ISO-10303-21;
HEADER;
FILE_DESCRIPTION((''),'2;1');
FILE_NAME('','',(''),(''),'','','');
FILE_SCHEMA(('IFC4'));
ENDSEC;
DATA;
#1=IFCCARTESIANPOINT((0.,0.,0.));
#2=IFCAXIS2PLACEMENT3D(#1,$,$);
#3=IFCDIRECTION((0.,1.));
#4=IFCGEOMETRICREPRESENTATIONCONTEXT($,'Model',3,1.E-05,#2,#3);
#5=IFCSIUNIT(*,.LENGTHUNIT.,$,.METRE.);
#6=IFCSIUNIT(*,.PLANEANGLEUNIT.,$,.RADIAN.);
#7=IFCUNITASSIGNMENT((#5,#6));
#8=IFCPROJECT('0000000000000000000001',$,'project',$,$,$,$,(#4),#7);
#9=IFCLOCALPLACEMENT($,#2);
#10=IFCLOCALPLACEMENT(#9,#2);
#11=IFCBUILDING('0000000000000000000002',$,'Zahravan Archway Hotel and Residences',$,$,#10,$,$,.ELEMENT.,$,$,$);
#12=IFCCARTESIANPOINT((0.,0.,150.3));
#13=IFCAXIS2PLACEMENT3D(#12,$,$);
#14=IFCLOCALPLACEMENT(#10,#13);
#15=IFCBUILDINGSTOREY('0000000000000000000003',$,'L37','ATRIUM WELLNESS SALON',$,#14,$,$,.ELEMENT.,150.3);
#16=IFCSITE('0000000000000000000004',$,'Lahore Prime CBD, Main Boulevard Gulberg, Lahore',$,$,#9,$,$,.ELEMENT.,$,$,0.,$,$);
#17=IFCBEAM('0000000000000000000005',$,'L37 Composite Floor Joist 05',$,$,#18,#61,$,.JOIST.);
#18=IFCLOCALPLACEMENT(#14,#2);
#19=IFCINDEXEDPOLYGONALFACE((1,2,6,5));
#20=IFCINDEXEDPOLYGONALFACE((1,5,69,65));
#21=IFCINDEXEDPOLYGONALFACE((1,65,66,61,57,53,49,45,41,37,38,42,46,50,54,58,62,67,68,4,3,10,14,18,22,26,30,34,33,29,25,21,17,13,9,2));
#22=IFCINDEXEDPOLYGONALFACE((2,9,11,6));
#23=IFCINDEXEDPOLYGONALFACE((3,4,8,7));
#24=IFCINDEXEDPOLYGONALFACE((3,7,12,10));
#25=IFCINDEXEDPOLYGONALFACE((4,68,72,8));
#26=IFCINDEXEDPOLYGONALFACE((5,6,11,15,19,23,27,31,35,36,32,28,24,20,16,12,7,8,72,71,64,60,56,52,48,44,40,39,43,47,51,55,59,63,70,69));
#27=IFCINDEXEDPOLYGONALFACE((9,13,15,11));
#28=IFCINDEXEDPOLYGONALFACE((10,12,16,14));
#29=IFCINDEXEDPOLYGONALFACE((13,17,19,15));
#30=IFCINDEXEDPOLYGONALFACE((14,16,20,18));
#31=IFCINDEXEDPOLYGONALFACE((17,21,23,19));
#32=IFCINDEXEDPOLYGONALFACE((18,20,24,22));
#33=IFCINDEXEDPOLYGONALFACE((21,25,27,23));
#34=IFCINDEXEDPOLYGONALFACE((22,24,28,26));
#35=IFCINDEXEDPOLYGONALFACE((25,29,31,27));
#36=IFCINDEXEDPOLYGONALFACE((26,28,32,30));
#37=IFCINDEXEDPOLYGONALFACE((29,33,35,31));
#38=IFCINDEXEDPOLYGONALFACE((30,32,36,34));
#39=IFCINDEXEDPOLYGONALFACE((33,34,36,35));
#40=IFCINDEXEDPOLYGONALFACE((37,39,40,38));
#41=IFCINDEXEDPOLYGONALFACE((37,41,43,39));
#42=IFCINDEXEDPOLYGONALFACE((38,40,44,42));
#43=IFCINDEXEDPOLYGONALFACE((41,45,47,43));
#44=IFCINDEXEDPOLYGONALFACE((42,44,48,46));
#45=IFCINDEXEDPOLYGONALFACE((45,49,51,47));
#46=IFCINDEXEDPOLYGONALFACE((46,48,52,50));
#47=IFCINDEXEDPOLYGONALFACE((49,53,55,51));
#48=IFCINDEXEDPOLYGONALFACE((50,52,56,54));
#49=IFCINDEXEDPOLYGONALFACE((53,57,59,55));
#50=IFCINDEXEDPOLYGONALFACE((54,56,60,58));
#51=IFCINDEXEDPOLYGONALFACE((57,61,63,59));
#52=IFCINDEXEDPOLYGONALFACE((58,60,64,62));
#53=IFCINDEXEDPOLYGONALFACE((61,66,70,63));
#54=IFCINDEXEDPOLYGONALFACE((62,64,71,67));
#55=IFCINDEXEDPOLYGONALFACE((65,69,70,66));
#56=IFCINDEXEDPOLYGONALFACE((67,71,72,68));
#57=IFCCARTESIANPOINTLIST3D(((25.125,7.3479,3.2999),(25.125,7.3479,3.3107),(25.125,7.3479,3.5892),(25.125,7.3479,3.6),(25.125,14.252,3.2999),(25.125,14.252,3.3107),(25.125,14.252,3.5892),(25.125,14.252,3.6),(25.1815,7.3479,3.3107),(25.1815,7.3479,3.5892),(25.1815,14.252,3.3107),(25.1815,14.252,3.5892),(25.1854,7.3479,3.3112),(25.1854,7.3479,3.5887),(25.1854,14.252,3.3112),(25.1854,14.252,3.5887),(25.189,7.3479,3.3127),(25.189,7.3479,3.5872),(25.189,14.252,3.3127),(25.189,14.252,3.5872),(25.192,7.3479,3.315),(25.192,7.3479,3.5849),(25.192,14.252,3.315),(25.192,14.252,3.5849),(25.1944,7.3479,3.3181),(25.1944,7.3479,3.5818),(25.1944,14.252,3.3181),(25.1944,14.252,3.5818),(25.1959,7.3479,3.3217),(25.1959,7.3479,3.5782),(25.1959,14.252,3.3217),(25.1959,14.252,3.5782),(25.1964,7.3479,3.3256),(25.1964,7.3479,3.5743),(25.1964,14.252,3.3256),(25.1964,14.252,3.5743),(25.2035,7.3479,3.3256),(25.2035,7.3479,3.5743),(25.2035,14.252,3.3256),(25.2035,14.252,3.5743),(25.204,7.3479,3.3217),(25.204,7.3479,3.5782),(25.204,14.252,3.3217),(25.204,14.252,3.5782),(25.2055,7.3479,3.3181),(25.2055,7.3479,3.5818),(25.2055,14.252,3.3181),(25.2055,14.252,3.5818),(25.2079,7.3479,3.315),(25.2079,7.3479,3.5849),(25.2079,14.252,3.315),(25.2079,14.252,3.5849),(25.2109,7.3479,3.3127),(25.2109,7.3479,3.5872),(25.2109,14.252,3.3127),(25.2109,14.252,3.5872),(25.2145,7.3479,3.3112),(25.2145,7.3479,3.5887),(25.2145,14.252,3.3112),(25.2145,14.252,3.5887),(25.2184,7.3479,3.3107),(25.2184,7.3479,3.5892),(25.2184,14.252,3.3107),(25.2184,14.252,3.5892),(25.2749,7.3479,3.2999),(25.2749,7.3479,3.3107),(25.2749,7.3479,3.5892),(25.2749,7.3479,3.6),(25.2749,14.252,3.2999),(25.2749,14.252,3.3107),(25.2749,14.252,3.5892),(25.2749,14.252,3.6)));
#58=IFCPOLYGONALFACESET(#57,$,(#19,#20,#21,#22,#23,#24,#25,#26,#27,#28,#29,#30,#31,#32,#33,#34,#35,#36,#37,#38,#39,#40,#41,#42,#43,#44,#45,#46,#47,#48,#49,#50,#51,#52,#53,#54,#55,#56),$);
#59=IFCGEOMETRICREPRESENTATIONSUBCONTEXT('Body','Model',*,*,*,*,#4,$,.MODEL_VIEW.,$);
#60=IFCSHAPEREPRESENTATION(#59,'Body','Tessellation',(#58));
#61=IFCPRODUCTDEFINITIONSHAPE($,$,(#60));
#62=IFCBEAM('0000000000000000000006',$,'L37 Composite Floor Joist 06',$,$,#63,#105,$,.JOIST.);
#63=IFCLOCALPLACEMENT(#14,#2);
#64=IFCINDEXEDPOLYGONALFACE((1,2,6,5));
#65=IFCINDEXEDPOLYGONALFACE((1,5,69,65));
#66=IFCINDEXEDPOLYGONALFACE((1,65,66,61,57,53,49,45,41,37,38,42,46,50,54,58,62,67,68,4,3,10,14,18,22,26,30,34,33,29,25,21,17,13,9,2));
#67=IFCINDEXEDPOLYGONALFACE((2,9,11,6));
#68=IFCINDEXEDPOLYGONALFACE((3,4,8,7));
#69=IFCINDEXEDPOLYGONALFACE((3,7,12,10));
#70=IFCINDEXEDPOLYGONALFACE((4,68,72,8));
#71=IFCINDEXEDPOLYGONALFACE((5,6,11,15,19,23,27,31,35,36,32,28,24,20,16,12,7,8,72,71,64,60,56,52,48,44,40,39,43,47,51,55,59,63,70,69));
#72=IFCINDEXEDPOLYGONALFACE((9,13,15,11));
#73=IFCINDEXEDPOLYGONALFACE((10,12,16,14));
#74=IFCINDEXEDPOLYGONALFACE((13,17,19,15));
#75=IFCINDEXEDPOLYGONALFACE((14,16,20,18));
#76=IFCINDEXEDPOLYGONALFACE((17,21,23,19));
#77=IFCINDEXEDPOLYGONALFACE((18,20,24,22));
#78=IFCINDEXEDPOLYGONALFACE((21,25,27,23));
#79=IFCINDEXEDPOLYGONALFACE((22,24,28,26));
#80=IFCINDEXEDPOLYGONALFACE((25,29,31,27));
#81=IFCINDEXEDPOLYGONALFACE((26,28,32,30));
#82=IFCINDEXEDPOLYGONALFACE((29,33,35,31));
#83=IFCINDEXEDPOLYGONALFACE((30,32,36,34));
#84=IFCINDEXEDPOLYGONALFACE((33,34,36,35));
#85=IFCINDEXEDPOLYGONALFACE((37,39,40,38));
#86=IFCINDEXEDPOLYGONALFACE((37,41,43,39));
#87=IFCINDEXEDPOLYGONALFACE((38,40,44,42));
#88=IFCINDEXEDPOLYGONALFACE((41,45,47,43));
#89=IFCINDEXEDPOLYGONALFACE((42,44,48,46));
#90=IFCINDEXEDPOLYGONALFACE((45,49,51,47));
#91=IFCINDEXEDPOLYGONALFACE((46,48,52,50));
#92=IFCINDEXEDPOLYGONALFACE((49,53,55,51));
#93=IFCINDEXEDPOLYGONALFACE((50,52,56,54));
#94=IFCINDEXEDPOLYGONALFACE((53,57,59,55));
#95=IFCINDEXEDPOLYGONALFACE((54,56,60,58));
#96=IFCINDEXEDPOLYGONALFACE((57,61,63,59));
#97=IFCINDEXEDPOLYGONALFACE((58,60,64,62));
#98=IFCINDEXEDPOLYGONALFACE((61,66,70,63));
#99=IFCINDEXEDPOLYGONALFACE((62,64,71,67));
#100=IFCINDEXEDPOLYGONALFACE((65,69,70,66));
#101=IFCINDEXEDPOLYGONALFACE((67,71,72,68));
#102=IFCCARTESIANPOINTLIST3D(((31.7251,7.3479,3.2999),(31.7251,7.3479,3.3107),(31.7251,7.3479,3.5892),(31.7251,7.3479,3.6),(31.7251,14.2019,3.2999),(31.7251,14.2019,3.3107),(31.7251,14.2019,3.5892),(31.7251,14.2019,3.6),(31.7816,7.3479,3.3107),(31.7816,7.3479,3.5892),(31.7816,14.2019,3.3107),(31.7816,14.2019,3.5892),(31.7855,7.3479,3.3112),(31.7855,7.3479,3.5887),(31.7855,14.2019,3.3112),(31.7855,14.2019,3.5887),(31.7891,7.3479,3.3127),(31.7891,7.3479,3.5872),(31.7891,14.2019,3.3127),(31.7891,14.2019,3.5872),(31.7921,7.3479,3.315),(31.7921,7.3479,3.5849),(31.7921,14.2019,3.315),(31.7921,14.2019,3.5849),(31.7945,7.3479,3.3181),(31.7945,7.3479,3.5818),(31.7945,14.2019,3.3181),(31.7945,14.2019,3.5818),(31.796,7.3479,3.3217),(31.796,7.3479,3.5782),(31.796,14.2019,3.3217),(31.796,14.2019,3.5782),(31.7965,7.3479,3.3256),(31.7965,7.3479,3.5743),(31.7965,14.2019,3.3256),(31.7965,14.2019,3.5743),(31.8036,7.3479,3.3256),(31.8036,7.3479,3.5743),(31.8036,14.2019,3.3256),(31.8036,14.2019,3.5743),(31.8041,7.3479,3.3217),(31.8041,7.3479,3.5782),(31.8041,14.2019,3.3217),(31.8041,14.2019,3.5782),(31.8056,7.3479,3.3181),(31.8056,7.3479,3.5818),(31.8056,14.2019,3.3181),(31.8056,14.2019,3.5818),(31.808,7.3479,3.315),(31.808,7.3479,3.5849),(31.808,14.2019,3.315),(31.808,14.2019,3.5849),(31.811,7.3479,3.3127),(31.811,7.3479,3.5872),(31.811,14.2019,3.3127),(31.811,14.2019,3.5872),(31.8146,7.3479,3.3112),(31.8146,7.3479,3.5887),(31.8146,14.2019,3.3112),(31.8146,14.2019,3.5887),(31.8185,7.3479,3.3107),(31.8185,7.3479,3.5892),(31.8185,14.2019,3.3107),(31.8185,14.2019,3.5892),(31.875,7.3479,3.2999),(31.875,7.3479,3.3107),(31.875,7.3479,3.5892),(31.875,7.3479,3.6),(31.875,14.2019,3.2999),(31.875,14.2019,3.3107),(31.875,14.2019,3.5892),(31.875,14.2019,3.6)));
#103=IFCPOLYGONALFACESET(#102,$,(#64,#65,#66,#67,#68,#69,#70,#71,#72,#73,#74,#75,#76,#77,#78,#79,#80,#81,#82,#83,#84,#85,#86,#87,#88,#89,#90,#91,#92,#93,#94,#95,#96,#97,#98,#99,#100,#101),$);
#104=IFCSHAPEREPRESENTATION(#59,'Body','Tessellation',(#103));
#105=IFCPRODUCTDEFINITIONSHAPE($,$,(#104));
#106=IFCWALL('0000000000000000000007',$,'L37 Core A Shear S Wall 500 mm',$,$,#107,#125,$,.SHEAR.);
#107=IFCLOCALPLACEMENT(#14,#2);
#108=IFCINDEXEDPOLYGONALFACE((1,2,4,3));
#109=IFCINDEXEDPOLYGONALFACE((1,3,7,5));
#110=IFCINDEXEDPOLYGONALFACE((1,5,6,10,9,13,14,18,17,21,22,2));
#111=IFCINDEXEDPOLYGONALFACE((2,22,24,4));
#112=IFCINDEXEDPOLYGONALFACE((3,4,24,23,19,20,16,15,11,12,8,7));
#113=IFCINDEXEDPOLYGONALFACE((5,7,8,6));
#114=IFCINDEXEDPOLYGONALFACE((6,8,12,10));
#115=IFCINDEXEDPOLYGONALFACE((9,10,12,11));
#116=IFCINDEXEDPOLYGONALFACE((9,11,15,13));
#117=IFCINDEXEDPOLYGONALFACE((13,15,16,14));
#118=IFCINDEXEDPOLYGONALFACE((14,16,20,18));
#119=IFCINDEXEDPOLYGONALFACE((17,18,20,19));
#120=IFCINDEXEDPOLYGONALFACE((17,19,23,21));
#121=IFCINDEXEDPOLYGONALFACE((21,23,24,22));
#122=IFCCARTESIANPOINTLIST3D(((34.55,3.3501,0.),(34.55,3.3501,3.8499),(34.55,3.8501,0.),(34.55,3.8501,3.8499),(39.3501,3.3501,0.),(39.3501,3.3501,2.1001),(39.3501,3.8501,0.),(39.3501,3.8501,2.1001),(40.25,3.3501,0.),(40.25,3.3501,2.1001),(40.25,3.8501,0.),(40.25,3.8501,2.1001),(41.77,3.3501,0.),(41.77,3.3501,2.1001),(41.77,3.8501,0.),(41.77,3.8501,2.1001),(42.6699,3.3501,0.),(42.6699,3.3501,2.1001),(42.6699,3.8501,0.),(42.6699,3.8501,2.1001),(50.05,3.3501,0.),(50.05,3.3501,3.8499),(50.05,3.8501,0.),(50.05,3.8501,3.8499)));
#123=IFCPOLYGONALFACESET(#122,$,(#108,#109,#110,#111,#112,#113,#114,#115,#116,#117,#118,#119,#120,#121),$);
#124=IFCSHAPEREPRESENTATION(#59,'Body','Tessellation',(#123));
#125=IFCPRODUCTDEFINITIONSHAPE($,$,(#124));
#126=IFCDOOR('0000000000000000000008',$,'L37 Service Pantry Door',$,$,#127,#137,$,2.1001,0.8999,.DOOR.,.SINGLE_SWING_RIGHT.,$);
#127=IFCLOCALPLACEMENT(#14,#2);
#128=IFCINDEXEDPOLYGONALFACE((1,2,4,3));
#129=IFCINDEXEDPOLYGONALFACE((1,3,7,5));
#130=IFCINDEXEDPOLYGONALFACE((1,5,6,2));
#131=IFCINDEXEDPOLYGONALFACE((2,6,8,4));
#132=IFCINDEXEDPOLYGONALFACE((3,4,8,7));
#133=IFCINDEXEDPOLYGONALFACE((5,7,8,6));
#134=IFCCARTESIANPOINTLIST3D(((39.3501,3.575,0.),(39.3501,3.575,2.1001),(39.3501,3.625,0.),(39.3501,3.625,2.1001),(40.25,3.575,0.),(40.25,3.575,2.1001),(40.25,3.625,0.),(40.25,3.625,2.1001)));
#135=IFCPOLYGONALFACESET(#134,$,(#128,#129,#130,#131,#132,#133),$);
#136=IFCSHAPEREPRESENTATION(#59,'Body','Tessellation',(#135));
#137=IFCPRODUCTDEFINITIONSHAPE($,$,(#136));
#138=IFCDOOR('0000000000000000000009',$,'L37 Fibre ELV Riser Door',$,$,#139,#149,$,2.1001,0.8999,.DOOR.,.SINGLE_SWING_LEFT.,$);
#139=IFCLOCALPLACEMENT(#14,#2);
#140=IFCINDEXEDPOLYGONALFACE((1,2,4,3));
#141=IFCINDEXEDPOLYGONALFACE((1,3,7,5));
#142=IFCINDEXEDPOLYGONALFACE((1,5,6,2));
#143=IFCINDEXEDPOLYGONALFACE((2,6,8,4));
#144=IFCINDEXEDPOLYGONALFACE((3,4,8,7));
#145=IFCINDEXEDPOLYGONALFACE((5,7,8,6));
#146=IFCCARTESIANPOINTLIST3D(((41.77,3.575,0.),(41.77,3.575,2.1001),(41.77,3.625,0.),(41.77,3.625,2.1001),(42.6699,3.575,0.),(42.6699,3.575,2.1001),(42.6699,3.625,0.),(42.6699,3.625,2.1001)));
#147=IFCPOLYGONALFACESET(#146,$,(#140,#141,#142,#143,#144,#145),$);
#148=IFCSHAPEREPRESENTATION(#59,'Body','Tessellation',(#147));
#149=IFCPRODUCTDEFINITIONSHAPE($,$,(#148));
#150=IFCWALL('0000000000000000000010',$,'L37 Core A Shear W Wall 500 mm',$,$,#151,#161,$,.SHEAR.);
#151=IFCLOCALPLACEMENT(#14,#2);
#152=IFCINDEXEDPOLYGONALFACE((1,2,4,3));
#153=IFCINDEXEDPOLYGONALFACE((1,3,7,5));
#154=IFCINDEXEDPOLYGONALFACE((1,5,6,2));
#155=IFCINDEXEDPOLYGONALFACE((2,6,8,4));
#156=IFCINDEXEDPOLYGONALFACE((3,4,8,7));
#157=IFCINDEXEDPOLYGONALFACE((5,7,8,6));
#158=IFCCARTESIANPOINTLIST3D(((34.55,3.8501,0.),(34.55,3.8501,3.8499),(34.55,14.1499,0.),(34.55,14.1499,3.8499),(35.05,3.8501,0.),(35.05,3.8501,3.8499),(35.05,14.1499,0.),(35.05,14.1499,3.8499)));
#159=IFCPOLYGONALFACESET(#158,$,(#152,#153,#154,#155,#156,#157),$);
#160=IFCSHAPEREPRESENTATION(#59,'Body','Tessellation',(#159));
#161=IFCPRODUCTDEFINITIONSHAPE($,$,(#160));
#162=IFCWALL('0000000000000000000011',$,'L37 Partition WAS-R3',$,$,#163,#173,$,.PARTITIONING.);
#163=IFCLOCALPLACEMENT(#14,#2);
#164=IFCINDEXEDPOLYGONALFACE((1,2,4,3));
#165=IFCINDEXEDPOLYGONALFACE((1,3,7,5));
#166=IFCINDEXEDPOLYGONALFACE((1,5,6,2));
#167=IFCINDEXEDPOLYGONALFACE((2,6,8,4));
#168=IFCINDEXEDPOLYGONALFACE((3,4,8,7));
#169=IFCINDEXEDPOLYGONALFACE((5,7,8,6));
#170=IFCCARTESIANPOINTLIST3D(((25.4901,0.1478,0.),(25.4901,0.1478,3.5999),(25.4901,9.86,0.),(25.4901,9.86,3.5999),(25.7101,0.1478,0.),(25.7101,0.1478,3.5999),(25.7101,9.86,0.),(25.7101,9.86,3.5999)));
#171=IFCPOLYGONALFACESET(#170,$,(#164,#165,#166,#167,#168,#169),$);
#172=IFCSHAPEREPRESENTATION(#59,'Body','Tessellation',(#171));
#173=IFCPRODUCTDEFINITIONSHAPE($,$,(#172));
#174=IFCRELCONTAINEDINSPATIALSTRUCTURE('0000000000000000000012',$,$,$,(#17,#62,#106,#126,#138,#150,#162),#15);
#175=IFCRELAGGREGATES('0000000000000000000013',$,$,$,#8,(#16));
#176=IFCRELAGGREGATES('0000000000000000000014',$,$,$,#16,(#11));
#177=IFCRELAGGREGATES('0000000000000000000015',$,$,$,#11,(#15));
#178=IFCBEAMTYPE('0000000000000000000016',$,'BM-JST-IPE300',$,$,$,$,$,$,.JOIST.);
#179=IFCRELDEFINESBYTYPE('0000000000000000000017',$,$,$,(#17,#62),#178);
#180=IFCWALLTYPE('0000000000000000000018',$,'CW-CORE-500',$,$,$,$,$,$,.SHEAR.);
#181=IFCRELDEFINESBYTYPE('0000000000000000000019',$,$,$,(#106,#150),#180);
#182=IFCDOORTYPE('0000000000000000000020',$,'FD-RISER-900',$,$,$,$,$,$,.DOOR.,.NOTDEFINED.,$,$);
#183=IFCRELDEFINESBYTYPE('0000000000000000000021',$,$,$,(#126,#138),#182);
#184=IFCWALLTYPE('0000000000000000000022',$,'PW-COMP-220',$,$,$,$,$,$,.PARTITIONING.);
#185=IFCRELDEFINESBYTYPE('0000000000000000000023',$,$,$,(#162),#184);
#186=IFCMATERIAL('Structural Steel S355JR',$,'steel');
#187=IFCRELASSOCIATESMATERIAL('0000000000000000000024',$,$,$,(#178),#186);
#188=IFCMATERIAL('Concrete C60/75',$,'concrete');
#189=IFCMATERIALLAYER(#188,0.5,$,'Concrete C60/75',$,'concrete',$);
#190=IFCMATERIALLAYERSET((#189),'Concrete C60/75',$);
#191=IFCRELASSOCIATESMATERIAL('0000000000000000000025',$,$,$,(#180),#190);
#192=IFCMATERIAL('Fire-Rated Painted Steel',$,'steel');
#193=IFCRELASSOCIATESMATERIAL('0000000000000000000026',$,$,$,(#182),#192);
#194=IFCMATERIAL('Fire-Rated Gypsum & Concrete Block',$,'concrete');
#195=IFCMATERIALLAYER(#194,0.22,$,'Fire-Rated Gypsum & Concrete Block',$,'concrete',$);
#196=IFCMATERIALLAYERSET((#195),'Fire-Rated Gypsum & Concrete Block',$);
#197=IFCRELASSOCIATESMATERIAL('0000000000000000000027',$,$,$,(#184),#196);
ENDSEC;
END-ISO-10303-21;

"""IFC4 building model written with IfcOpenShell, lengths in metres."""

from ifc_helpers import new_model, si_unit, direction, frame, frame_2d, origin, origin_2d, place, context, subcontext, project, spatial, rectangle, i_section, extrude, source, transform, mapped, material, layer, layer_set, material_profile, profile_set, type_object, type_shapes, element, fill, save


model = new_model("IFC4")

# Units and contexts
model_context = context("Model", 3, precision=1e-05, world=origin(), true_north=direction((0.0, 1.0)))
body_context = subcontext(model_context, "Body", "Model", "MODEL_VIEW")
ifc_project = project(units=[si_unit("LENGTHUNIT", "METRE"), si_unit("PLANEANGLEUNIT", "RADIAN")], contexts=[model_context])

# Site, building, storey
site_placement = place(None, origin())
site = spatial("IfcSite", under=ifc_project, at=site_placement, Name="Lahore Prime CBD, Main Boulevard Gulberg, Lahore", CompositionType="ELEMENT", RefElevation=0.0)
building_placement = place(site_placement, origin())
building = spatial("IfcBuilding", under=site, at=building_placement, Name="Zahravan Archway Hotel and Residences", CompositionType="ELEMENT")
storey_placement = place(building_placement, frame((0.0, 0.0, 150.3)))
storey = spatial("IfcBuildingStorey", under=building, at=storey_placement, Name="L37", Description="ATRIUM WELLNESS SALON", CompositionType="ELEMENT", Elevation=150.3)

# Shared definitions
ifc_material_1 = material(Name="Concrete C60/75", Category="concrete")

# Beams
ifc_material_2 = material(Name="Structural Steel S355JR", Category="steel")
ifc_material_profile_1 = material_profile(ifc_material_2, i_section(OverallWidth=0.1499, OverallDepth=0.3, WebThickness=0.0071, FlangeThickness=0.0107, FilletRadius=0.0149, at=origin_2d()), Name="IPE 300", Category="steel")
ifc_profile_set_1 = profile_set([ifc_material_profile_1], Name="Structural Steel S355JR")
beam_type_1 = type_object("IfcBeamType", Name="BM-JST-IPE300", PredefinedType="JOIST", material=ifc_profile_set_1)
shared_shape_1 = source(origin(), body_context, "Body", "SweptSolid", [
    extrude(i_section(OverallWidth=0.1499, OverallDepth=0.3, WebThickness=0.0071, FlangeThickness=0.0107, FilletRadius=0.0149, at=origin_2d()), origin(), (0.0, 0.0, 1.0), 6.9041),
])
type_shapes(beam_type_1, [shared_shape_1])
for number, where, z_axis, x_axis, name in (
    (1, (25.2, 7.3479, 3.45), (0.0, 1.0, 0.0), (-1.0, 0.0, 0.0), "L37 Composite Floor Joist 05"),
):
    element("IfcBeam", number, at=place(storey_placement, frame(where, z_axis=z_axis, x_axis=x_axis)), inside=storey, type_object=beam_type_1, Name=name, PredefinedType="JOIST", context=body_context, shape_type="MappedRepresentation", body=[
        mapped(shared_shape_1, transform((0.0, 0.0, 0.0), scale=1.0)),
    ])
shared_shape_2 = source(origin(), body_context, "Body", "SweptSolid", [
    extrude(i_section(OverallWidth=0.1499, OverallDepth=0.3, WebThickness=0.0071, FlangeThickness=0.0107, FilletRadius=0.0149, at=origin_2d()), origin(), (0.0, 0.0, 1.0), 6.854),
])
beam_1_placement = place(storey_placement, frame((31.8, 7.3479, 3.45), z_axis=(0.0, 1.0, 0.0), x_axis=(-1.0, 0.0, 0.0)))
element("IfcBeam", 2, at=beam_1_placement, inside=storey, type_object=beam_type_1, Name="L37 Composite Floor Joist 06", PredefinedType="JOIST", context=body_context, shape_type="MappedRepresentation", body=[
    mapped(shared_shape_2, transform((0.0, 0.0, 0.0), scale=1.0)),
])

# Wall, openings, doors
ifc_layer_1 = layer(ifc_material_1, 0.5, Name="Concrete C60/75", Category="concrete")
ifc_layer_set_1 = layer_set([ifc_layer_1], Name="Concrete C60/75")
wall_type_1 = type_object("IfcWallType", Name="CW-CORE-500", PredefinedType="SHEAR", material=ifc_layer_set_1)
wall_1_placement = place(storey_placement, frame((34.55, 3.6001, 0.0), z_axis=(0.0, 0.0, 1.0), x_axis=(1.0, 0.0, 0.0)))
wall_1 = element("IfcWall", 3, at=wall_1_placement, inside=storey, type_object=wall_type_1, Name="L37 Core A Shear S Wall 500 mm", PredefinedType="SHEAR", context=body_context, shape_type="SweptSolid", body=[
    extrude(rectangle(XDim=15.5, YDim=0.5, at=frame_2d((7.75, 0.0))), origin(), (0.0, 0.0, 1.0), 3.8499),
])
opening_1_placement = place(wall_1_placement, frame((4.8, 0.0, 0.0)))
opening_1 = element("IfcOpeningElement", 4, at=opening_1_placement, cuts=wall_1, PredefinedType="OPENING", context=body_context, shape_type="SweptSolid", body=[
    extrude(rectangle(XDim=0.8999, YDim=2.1001, at=frame_2d((0.45, 1.05))), frame((0.0, 0.26, 0.0), z_axis=(0.0, -1.0, 0.0), x_axis=(1.0, 0.0, 0.0)), (0.0, 0.0, 1.0), 0.52),
])
opening_2_placement = place(wall_1_placement, frame((7.22, 0.0, 0.0)))
opening_2 = element("IfcOpeningElement", 5, at=opening_2_placement, cuts=wall_1, PredefinedType="OPENING", context=body_context, shape_type="SweptSolid", body=[
    extrude(rectangle(XDim=0.8999, YDim=2.1001, at=frame_2d((0.45, 1.05))), frame((0.0, 0.26, 0.0), z_axis=(0.0, -1.0, 0.0), x_axis=(1.0, 0.0, 0.0)), (0.0, 0.0, 1.0), 0.52),
])
ifc_material_3 = material(Name="Fire-Rated Painted Steel", Category="steel")
door_type_1 = type_object("IfcDoorType", Name="FD-RISER-900", OperationType="NOTDEFINED", PredefinedType="DOOR", material=ifc_material_3)
shared_shape_3 = source(origin(), body_context, "Body", "SweptSolid", [
    extrude(rectangle(XDim=0.8999, YDim=2.1001, at=frame_2d((0.45, 1.05))), frame((0.0, 0.0249, 0.0), z_axis=(0.0, -1.0, 0.0), x_axis=(1.0, 0.0, 0.0)), (0.0, 0.0, 1.0), 0.05),
])
type_shapes(door_type_1, [shared_shape_3])
door_1_placement = place(opening_1_placement, origin())
door_1 = element("IfcDoor", 6, at=door_1_placement, inside=storey, type_object=door_type_1, Name="L37 Service Pantry Door", OperationType="SINGLE_SWING_RIGHT", OverallHeight=2.1001, OverallWidth=0.8999, PredefinedType="DOOR", context=body_context, shape_type="MappedRepresentation", body=[
    mapped(shared_shape_3, transform((0.0, 0.0, 0.0), scale=1.0)),
])
fill(opening_1, door_1)
door_2_placement = place(opening_2_placement, origin())
door_2 = element("IfcDoor", 7, at=door_2_placement, inside=storey, type_object=door_type_1, Name="L37 Fibre ELV Riser Door", OperationType="SINGLE_SWING_LEFT", OverallHeight=2.1001, OverallWidth=0.8999, PredefinedType="DOOR", context=body_context, shape_type="MappedRepresentation", body=[
    mapped(shared_shape_3, transform((0.0, 0.0, 0.0), scale=1.0)),
])
fill(opening_2, door_2)

# Walls
wall_2_placement = place(storey_placement, frame((34.8, 3.8501, 0.0), z_axis=(0.0, 0.0, 1.0), x_axis=(0.0, 1.0, 0.0)))
element("IfcWall", 8, at=wall_2_placement, inside=storey, type_object=wall_type_1, Name="L37 Core A Shear W Wall 500 mm", PredefinedType="SHEAR", context=body_context, shape_type="SweptSolid", body=[
    extrude(rectangle(XDim=10.2998, YDim=0.5, at=frame_2d((5.1499, 0.0))), origin(), (0.0, 0.0, 1.0), 3.8499),
])
ifc_material_4 = material(Name="Fire-Rated Gypsum & Concrete Block", Category="concrete")
ifc_layer_2 = layer(ifc_material_4, 0.22, Name="Fire-Rated Gypsum & Concrete Block", Category="concrete")
ifc_layer_set_2 = layer_set([ifc_layer_2], Name="Fire-Rated Gypsum & Concrete Block")
wall_type_2 = type_object("IfcWallType", Name="PW-COMP-220", PredefinedType="PARTITIONING", material=ifc_layer_set_2)
wall_3_placement = place(storey_placement, frame((25.6001, 0.1479, 0.0), z_axis=(0.0, 0.0, 1.0), x_axis=(0.0, 1.0, 0.0)))
element("IfcWall", 9, at=wall_3_placement, inside=storey, type_object=wall_type_2, Name="L37 Partition WAS-R3", PredefinedType="PARTITIONING", context=body_context, shape_type="SweptSolid", body=[
    extrude(rectangle(XDim=9.7122, YDim=0.22, at=frame_2d((4.856, 0.0))), origin(), (0.0, 0.0, 1.0), 3.5999),
])

save(model, "model.ifc")
